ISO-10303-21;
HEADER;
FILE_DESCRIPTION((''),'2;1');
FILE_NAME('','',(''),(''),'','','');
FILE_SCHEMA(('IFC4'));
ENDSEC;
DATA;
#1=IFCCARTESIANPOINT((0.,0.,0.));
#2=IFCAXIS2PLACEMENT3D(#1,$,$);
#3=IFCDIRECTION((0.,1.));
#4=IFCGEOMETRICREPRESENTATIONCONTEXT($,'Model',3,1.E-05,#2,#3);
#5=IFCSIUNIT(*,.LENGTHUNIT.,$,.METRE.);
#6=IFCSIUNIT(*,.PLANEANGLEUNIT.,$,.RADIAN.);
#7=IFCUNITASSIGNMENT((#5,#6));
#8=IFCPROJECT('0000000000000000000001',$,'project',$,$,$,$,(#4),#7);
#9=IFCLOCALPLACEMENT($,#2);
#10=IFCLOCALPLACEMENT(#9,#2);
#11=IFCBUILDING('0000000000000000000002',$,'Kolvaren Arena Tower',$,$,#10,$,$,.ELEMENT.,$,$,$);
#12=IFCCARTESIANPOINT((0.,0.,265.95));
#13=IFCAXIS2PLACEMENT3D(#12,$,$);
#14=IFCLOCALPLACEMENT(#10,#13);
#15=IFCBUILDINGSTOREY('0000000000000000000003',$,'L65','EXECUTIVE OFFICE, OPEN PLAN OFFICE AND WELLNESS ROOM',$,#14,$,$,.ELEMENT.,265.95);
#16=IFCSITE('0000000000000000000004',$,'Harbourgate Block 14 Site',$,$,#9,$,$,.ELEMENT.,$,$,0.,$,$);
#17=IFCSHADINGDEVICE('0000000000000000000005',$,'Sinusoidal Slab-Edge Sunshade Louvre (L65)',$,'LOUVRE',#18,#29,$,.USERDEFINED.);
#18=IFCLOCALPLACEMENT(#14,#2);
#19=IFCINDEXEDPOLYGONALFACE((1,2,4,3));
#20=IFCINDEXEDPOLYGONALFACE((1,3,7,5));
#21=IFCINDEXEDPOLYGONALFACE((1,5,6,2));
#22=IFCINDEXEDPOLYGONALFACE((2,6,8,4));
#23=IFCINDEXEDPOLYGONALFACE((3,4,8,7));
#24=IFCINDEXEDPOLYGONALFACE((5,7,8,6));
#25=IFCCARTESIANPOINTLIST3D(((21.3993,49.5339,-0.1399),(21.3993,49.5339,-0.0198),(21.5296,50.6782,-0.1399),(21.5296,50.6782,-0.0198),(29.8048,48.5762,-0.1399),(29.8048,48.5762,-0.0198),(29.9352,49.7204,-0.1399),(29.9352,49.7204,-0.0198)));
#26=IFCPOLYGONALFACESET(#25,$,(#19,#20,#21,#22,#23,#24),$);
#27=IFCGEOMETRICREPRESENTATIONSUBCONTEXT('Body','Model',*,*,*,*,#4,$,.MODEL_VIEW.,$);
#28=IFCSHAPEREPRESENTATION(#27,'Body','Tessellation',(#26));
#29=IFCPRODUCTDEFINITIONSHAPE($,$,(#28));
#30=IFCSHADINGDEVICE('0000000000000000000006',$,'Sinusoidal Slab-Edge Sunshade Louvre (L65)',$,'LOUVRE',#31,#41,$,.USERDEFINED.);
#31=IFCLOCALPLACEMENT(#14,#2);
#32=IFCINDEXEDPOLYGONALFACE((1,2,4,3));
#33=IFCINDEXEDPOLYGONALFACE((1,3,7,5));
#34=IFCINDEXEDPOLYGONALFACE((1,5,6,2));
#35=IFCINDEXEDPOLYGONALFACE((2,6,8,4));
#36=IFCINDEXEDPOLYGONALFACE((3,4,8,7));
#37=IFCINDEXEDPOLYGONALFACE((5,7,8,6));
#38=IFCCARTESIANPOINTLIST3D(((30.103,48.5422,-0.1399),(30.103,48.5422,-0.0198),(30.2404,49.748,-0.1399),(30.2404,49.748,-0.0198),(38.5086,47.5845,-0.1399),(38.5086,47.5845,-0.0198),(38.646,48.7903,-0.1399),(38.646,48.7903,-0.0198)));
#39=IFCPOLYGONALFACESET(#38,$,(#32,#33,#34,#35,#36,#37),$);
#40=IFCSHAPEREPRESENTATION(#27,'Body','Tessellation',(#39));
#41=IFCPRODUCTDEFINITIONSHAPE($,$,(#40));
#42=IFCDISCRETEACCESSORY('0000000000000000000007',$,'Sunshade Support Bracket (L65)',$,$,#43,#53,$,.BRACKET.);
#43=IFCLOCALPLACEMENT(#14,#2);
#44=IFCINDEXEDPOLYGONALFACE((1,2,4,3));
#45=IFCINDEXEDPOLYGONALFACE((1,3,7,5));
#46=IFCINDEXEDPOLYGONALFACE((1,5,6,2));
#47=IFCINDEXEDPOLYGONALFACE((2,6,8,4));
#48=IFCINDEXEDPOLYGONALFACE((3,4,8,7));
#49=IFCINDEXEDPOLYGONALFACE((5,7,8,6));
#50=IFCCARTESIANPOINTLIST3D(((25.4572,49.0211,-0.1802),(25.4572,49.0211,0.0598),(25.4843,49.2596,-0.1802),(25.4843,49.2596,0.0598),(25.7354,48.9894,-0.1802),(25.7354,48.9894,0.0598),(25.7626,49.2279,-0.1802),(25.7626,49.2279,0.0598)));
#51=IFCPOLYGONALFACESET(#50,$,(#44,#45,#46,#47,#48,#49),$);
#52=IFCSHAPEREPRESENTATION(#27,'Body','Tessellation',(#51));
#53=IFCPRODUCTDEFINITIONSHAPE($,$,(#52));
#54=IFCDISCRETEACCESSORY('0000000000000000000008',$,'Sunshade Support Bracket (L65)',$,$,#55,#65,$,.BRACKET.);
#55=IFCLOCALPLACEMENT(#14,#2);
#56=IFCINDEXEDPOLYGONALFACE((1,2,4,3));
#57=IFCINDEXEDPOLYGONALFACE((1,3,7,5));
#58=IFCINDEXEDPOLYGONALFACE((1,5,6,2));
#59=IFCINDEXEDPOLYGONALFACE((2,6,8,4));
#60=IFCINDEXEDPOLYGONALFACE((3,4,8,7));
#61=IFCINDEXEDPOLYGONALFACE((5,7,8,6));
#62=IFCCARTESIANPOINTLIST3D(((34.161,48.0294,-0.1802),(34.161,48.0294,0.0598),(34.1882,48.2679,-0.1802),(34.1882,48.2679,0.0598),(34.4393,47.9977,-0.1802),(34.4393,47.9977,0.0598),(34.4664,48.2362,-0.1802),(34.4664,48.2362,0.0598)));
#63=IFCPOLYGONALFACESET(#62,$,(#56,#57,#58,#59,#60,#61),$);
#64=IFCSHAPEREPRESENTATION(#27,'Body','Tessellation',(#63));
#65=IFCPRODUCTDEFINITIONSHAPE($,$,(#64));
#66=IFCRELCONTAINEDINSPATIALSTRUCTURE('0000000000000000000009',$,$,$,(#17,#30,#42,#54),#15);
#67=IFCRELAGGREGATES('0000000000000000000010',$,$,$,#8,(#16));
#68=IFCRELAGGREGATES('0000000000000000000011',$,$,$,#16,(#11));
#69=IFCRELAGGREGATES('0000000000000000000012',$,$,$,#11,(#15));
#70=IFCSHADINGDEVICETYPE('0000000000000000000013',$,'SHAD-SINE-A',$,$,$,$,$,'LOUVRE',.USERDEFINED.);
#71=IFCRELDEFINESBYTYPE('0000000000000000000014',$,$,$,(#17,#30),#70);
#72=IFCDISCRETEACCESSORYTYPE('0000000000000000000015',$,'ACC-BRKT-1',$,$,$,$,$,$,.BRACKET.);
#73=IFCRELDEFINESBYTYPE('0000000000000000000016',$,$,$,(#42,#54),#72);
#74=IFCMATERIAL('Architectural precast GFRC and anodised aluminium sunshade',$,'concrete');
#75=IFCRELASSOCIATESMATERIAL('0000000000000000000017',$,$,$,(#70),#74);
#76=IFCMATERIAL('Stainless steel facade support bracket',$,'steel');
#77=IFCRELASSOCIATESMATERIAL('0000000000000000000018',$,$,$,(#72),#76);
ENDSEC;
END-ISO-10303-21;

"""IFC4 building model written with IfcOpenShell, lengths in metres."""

from ifc_helpers import new_model, si_unit, direction, frame, origin, origin_2d, place, context, subcontext, project, spatial, rectangle, extrude, material, type_object, element, save


model = new_model("IFC4")

# Units and contexts
model_context = context("Model", 3, precision=1e-05, world=origin(), true_north=direction((0.0, 1.0)))
body_context = subcontext(model_context, "Body", "Model", "MODEL_VIEW")
ifc_project = project(units=[si_unit("LENGTHUNIT", "METRE"), si_unit("PLANEANGLEUNIT", "RADIAN")], contexts=[model_context])

# Site, building, storey
site_placement = place(None, origin())
site = spatial("IfcSite", under=ifc_project, at=site_placement, Name="Harbourgate Block 14 Site", CompositionType="ELEMENT", RefElevation=0.0)
building_placement = place(site_placement, origin())
building = spatial("IfcBuilding", under=site, at=building_placement, Name="Kolvaren Arena Tower", CompositionType="ELEMENT")
storey_placement = place(building_placement, frame((0.0, 0.0, 265.95)))
storey = spatial("IfcBuildingStorey", under=building, at=storey_placement, Name="L65", Description="EXECUTIVE OFFICE, OPEN PLAN OFFICE AND WELLNESS ROOM", CompositionType="ELEMENT", Elevation=265.95)

# Shading devices
ifc_material_1 = material(Name="Architectural precast GFRC and anodised aluminium sunshade", Category="concrete")
shading_device_type = type_object("IfcShadingDeviceType", Name="SHAD-SINE-A", ElementType="LOUVRE", PredefinedType="USERDEFINED", material=ifc_material_1)
shading_device_1_placement = place(storey_placement, frame((25.6672, 49.6272, -0.1399), z_axis=(0.0, 0.0, 1.0), x_axis=(0.993572, -0.113205, 0.0)))
element("IfcShadingDevice", 1, at=shading_device_1_placement, inside=storey, type_object=shading_device_type, Name="Sinusoidal Slab-Edge Sunshade Louvre (L65)", ObjectType="LOUVRE", PredefinedType="USERDEFINED", context=body_context, shape_type="SweptSolid", body=[
    extrude(rectangle(XDim=8.46, YDim=1.1516, at=origin_2d()), origin(), (0.0, 0.0, 1.0), 0.1201),
])
shading_device_2_placement = place(storey_placement, frame((34.3745, 48.6663, -0.1399), z_axis=(0.0, 0.0, 1.0), x_axis=(0.993572, -0.113205, 0.0)))
element("IfcShadingDevice", 2, at=shading_device_2_placement, inside=storey, type_object=shading_device_type, Name="Sinusoidal Slab-Edge Sunshade Louvre (L65)", ObjectType="LOUVRE", PredefinedType="USERDEFINED", context=body_context, shape_type="SweptSolid", body=[
    extrude(rectangle(XDim=8.46, YDim=1.2136, at=origin_2d()), origin(), (0.0, 0.0, 1.0), 0.1201),
])

# Discrete accessories
ifc_material_2 = material(Name="Stainless steel facade support bracket", Category="steel")
discrete_accessory_type = type_object("IfcDiscreteAccessoryType", Name="ACC-BRKT-1", PredefinedType="BRACKET", material=ifc_material_2)
for number, where, z_axis, x_axis, name in (
    (3, (25.6099, 49.1245, -0.1802), (0.0, 0.0, 1.0), (0.993572, -0.113205, 0.0), "Sunshade Support Bracket (L65)"),
    (4, (34.3137, 48.1328, -0.1802), (0.0, 0.0, 1.0), (0.993572, -0.113205, 0.0), "Sunshade Support Bracket (L65)"),
):
    element("IfcDiscreteAccessory", number, at=place(storey_placement, frame(where, z_axis=z_axis, x_axis=x_axis)), inside=storey, type_object=discrete_accessory_type, Name=name, PredefinedType="BRACKET", context=body_context, shape_type="SweptSolid", body=[
        extrude(rectangle(XDim=0.28, YDim=0.24, at=origin_2d()), origin(), (0.0, 0.0, 1.0), 0.24),
    ])

save(model, "model.ifc")
